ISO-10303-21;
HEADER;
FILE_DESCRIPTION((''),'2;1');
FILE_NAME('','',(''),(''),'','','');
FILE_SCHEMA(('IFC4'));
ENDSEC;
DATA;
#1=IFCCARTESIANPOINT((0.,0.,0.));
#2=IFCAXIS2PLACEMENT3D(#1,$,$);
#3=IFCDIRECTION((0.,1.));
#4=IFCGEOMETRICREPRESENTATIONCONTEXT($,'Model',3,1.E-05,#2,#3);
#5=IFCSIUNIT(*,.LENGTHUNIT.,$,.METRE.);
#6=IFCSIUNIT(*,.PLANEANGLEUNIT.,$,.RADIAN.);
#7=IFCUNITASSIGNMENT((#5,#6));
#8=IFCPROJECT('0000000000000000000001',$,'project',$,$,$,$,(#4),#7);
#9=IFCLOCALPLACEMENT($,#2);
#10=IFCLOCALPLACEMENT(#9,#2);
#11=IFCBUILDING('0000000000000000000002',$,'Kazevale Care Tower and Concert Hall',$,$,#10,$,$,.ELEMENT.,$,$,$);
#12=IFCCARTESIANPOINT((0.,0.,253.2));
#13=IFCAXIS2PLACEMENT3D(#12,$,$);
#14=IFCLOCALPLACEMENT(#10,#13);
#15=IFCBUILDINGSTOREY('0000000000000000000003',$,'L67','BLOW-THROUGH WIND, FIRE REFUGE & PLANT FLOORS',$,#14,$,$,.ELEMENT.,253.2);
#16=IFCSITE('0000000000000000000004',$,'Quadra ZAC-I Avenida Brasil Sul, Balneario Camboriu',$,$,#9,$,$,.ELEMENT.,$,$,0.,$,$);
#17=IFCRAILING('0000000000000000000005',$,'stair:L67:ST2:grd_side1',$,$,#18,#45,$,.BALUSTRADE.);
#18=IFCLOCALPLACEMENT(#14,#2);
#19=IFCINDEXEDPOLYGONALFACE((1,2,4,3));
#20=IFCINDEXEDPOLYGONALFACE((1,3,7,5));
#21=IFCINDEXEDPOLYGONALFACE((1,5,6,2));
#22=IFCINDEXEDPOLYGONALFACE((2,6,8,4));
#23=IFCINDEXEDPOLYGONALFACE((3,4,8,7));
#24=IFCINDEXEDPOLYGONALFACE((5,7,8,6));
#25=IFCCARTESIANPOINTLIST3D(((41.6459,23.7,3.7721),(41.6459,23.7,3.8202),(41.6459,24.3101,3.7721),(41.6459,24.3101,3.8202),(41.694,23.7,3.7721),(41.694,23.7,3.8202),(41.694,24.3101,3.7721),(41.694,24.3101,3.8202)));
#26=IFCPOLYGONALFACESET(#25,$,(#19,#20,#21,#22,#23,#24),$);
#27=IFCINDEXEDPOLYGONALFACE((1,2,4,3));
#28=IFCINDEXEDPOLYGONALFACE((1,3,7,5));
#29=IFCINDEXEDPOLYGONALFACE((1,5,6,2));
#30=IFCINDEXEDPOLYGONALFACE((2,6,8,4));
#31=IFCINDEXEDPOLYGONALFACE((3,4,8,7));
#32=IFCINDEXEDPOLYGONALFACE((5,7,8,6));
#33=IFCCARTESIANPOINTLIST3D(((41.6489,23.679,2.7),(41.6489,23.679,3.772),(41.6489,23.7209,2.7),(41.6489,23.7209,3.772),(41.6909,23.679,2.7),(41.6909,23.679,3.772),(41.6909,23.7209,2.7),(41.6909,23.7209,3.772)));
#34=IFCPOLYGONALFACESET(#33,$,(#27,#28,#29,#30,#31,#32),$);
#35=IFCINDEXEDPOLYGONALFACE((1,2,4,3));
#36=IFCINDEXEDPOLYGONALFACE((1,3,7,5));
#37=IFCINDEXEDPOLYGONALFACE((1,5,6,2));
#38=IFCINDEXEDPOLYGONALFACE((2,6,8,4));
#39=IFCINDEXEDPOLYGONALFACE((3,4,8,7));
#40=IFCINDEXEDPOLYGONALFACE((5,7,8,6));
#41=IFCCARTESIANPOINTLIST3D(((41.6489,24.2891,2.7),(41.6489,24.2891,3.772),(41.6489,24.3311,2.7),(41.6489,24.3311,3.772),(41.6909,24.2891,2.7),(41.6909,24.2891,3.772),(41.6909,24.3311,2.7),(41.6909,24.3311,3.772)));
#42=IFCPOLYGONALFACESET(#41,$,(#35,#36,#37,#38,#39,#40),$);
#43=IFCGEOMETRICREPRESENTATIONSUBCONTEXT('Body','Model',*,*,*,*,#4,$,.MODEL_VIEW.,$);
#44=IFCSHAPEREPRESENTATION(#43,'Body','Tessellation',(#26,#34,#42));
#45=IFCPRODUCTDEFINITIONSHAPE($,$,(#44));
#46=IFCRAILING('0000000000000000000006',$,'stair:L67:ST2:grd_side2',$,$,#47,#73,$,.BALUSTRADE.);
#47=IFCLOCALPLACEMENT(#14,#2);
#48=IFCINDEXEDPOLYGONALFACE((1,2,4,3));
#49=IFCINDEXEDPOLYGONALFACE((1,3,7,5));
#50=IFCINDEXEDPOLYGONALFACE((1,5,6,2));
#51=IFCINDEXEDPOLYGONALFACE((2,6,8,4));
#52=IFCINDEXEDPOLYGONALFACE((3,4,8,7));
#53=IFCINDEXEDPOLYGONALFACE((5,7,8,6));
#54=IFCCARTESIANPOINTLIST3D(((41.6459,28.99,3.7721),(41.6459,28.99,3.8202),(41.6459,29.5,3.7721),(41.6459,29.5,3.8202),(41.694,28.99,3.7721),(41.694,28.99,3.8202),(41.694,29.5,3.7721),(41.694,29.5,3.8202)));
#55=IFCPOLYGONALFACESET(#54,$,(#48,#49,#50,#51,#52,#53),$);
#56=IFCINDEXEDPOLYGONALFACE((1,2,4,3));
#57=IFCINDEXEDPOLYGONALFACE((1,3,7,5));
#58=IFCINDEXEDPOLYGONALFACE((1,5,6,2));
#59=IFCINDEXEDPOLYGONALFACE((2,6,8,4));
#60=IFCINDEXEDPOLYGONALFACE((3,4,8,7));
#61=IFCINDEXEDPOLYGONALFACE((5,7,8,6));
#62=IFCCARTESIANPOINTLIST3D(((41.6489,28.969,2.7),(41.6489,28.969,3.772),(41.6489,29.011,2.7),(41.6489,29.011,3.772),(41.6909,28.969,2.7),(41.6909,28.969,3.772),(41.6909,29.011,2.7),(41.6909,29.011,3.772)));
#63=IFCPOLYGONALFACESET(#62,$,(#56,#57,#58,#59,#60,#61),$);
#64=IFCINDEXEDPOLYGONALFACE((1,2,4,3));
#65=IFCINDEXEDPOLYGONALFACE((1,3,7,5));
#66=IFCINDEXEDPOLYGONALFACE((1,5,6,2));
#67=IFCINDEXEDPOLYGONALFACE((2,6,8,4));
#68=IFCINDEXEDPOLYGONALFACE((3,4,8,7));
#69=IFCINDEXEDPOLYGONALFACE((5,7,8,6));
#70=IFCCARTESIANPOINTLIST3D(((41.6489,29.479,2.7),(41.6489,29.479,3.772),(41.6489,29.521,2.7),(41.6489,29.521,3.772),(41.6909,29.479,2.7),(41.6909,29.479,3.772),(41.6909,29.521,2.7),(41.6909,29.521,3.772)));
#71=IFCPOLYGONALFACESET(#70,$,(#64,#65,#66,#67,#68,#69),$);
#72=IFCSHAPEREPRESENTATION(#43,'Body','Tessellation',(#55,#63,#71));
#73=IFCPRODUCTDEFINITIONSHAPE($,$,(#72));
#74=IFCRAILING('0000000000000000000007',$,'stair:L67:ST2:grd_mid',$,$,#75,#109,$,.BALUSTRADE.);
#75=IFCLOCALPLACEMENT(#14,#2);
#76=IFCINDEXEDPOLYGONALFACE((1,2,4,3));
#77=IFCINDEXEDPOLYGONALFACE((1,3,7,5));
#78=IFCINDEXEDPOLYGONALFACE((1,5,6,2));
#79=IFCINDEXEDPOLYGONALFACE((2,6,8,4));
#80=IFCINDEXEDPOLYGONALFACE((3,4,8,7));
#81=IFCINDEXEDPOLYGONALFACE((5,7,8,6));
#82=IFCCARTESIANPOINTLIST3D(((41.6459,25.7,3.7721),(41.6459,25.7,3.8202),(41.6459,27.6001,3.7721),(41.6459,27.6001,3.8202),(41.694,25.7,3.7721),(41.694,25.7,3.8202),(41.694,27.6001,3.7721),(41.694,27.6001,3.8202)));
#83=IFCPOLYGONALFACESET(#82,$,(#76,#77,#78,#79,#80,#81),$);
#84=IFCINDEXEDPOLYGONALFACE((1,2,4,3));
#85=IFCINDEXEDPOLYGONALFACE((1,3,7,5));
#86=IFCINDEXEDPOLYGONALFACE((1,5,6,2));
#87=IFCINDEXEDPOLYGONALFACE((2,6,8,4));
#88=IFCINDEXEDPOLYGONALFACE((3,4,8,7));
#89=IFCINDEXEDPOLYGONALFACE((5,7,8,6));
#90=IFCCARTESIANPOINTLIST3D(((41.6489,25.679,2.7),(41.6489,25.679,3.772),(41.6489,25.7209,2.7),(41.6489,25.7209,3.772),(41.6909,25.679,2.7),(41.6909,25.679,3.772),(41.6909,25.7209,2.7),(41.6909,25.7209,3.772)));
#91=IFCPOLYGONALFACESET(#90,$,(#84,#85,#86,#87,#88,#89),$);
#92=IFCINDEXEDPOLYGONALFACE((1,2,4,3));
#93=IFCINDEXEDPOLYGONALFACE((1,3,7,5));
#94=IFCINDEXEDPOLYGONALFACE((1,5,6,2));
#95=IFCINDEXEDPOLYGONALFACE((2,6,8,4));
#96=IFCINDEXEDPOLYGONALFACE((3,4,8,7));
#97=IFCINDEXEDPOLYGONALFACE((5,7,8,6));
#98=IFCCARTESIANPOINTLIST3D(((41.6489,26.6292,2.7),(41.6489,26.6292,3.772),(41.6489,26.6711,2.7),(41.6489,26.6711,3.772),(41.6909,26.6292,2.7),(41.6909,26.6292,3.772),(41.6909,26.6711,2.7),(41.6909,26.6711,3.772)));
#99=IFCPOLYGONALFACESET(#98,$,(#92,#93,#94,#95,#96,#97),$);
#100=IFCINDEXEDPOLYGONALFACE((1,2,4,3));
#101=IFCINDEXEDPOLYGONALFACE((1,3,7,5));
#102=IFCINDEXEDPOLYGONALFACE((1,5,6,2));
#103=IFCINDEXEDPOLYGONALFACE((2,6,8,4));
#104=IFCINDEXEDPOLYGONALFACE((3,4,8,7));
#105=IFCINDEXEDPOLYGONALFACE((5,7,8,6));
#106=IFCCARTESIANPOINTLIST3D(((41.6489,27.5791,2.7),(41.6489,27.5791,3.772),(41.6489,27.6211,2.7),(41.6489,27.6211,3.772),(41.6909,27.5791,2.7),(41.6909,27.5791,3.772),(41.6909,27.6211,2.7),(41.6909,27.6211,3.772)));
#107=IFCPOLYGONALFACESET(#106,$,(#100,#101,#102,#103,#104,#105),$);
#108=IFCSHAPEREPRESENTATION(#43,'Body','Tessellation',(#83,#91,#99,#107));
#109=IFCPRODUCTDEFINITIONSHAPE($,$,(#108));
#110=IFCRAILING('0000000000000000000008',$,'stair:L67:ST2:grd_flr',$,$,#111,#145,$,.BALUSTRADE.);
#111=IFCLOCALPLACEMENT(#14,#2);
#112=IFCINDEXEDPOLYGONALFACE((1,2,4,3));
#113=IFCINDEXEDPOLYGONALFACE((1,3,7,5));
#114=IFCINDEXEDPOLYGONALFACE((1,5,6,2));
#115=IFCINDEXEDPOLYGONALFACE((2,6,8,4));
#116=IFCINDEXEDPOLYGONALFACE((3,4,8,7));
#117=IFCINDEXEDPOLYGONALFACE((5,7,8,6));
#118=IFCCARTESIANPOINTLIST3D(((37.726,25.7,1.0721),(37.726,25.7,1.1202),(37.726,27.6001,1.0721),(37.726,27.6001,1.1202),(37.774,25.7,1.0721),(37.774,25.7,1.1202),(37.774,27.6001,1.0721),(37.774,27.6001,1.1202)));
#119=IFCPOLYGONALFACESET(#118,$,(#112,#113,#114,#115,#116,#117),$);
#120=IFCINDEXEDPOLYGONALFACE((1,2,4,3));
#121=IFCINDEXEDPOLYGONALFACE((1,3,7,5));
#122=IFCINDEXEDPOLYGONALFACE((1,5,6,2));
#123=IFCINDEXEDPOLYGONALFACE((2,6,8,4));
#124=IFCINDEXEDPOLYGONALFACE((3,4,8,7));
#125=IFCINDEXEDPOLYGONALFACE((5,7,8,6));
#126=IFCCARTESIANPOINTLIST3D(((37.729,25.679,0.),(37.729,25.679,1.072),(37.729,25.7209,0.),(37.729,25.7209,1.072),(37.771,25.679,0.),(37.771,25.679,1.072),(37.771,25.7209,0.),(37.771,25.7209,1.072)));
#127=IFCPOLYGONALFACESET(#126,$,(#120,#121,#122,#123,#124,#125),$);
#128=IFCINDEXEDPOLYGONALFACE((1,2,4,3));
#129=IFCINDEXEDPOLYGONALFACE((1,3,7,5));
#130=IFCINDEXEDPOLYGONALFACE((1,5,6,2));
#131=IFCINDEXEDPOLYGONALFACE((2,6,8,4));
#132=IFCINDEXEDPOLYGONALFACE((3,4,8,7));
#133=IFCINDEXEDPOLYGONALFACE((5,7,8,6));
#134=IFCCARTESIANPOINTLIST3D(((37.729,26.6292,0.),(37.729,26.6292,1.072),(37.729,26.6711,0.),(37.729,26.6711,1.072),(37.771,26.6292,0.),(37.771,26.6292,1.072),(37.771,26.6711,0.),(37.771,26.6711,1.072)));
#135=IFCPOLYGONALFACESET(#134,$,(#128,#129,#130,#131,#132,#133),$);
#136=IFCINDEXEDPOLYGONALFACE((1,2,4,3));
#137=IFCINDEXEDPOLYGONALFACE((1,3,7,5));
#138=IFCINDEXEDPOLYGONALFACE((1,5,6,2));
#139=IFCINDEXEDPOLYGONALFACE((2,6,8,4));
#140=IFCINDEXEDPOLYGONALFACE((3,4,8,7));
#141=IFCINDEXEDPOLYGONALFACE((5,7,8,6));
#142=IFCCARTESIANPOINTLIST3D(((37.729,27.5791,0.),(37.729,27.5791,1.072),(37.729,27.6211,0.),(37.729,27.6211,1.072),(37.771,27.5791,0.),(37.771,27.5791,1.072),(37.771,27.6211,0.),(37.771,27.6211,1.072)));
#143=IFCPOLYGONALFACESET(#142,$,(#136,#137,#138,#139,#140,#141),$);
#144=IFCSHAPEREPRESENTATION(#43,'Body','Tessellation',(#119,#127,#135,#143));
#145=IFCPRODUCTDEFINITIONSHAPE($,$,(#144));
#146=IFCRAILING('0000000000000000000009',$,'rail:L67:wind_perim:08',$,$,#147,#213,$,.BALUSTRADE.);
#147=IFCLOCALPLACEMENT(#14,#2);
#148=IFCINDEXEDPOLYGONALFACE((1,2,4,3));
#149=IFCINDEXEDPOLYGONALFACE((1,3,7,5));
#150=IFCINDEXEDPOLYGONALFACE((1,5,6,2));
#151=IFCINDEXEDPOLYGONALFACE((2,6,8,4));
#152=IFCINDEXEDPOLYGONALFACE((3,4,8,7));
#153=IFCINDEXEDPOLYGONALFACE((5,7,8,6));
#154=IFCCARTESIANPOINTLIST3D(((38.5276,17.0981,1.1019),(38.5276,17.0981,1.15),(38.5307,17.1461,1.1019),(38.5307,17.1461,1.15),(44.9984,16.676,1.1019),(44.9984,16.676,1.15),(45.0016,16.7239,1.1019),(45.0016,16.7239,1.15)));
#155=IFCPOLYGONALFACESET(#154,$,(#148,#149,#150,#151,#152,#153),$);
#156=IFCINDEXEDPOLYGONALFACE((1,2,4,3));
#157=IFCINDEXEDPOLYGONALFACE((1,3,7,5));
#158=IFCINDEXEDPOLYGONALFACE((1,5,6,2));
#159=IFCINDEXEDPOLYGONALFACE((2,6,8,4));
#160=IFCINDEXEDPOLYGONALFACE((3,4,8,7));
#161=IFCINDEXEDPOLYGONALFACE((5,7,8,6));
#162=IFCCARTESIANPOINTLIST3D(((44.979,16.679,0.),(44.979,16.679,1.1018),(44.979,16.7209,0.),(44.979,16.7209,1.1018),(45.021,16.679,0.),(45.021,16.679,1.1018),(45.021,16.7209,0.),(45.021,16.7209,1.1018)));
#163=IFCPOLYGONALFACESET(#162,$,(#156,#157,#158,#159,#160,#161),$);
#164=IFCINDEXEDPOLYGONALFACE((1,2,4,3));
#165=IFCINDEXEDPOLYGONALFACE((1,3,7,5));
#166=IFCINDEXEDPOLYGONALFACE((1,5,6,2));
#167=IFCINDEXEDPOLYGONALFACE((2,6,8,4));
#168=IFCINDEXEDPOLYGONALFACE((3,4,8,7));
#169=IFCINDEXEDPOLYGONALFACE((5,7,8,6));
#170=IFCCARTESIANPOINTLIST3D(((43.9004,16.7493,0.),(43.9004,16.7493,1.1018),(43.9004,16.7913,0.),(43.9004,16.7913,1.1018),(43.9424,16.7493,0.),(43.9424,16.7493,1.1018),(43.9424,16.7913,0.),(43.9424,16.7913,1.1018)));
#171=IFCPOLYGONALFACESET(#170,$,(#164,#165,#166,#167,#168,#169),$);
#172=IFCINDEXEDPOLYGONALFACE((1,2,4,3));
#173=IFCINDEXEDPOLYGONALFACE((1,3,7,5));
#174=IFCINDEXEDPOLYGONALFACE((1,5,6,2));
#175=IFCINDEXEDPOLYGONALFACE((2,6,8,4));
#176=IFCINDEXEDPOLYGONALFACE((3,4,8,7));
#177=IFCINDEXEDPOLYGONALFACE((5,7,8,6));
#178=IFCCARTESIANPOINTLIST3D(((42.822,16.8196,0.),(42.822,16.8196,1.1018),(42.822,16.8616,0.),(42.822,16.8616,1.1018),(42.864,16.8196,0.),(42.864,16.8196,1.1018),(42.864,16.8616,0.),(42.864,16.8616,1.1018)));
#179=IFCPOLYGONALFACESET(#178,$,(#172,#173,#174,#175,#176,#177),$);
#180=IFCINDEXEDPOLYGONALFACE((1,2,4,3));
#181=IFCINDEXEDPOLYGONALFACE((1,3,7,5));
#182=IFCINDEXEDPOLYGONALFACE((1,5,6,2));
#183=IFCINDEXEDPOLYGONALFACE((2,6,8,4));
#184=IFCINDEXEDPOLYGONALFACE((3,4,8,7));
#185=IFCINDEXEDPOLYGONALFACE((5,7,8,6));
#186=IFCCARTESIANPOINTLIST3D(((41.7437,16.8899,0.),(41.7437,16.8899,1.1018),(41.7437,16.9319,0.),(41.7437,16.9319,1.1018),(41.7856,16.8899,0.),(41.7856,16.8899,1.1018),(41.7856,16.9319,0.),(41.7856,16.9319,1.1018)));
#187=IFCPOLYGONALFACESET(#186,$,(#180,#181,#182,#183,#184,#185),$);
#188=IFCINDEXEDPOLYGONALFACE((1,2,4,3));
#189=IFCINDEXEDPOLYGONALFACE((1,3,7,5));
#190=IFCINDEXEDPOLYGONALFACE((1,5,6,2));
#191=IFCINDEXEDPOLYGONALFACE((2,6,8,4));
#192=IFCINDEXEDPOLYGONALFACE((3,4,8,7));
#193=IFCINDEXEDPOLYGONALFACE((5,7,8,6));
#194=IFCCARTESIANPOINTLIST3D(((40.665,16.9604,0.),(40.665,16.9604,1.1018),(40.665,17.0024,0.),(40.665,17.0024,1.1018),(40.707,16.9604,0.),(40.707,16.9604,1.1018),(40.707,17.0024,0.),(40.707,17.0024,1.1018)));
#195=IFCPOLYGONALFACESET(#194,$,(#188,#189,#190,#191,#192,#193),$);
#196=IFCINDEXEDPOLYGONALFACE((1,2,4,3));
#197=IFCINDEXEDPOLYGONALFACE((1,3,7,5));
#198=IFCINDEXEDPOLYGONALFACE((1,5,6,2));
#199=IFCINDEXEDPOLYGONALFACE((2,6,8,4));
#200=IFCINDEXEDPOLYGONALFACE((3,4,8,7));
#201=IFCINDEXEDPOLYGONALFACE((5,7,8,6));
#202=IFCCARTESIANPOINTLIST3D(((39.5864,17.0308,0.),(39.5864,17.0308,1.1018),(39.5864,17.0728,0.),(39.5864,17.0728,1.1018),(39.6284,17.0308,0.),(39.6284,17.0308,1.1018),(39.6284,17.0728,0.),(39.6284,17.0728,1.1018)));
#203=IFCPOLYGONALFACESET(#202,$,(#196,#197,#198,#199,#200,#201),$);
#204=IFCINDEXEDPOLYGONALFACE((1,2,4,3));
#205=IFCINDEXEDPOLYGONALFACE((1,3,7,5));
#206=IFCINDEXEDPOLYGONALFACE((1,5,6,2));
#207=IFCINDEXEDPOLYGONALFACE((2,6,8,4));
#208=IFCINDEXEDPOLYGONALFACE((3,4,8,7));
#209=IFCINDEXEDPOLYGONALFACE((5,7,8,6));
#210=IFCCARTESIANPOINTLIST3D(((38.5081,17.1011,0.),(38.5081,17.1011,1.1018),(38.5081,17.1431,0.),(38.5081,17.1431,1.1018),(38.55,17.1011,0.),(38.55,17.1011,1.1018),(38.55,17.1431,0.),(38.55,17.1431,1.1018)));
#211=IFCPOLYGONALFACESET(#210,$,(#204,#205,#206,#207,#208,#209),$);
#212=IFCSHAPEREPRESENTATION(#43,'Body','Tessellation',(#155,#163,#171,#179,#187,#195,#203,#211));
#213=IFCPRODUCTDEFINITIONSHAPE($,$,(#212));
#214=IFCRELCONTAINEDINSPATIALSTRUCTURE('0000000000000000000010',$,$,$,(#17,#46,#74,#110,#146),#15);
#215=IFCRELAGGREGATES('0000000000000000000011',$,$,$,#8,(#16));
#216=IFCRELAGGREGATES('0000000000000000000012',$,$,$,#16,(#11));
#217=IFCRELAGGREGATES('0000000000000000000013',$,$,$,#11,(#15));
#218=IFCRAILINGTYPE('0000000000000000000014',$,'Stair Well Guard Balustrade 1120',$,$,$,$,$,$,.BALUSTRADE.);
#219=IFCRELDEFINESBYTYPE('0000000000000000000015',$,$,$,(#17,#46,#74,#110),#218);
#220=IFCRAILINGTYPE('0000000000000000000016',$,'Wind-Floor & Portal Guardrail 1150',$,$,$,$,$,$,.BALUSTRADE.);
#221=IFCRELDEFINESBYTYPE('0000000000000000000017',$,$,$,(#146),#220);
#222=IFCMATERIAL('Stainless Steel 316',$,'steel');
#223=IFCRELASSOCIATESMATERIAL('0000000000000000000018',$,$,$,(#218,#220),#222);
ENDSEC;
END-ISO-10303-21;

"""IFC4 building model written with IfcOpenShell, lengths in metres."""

from ifc_helpers import new_model, si_unit, direction, frame, origin, origin_2d, place, context, subcontext, project, spatial, rectangle, extrude, material, type_object, element, save


model = new_model("IFC4")

# Units and contexts
model_context = context("Model", 3, precision=1e-05, world=origin(), true_north=direction((0.0, 1.0)))
body_context = subcontext(model_context, "Body", "Model", "MODEL_VIEW")
ifc_project = project(units=[si_unit("LENGTHUNIT", "METRE"), si_unit("PLANEANGLEUNIT", "RADIAN")], contexts=[model_context])

# Site, building, storey
site_placement = place(None, origin())
site = spatial("IfcSite", under=ifc_project, at=site_placement, Name="Quadra ZAC-I Avenida Brasil Sul, Balneario Camboriu", CompositionType="ELEMENT", RefElevation=0.0)
building_placement = place(site_placement, origin())
building = spatial("IfcBuilding", under=site, at=building_placement, Name="Kazevale Care Tower and Concert Hall", CompositionType="ELEMENT")
storey_placement = place(building_placement, frame((0.0, 0.0, 253.2)))
storey = spatial("IfcBuildingStorey", under=building, at=storey_placement, Name="L67", Description="BLOW-THROUGH WIND, FIRE REFUGE & PLANT FLOORS", CompositionType="ELEMENT", Elevation=253.2)

# Railings
ifc_material_1 = material(Name="Stainless Steel 316", Category="steel")
railing_type_1 = type_object("IfcRailingType", Name="Stair Well Guard Balustrade 1120", PredefinedType="BALUSTRADE", material=ifc_material_1)
railing_1_placement = place(storey_placement, frame((41.6699, 23.7, 2.7)))
element("IfcRailing", 1, at=railing_1_placement, inside=storey, type_object=railing_type_1, Name="stair:L67:ST2:grd_side1", PredefinedType="BALUSTRADE", context=body_context, shape_type="SweptSolid", body=[
    extrude(rectangle(XDim=0.0481, YDim=0.0481, at=origin_2d()), frame((0.0, 0.0, 1.0962), z_axis=(0.0, 1.0, 0.0), x_axis=(-1.0, 0.0, 0.0)), (0.0, 0.0, 1.0), 0.6101),
    extrude(rectangle(XDim=0.042, YDim=0.042, at=origin_2d()), origin(), (0.0, 0.0, 1.0), 1.072),
    extrude(rectangle(XDim=0.042, YDim=0.042, at=origin_2d()), frame((0.0, 0.6101, 0.0)), (0.0, 0.0, 1.0), 1.072),
])
railing_2_placement = place(storey_placement, frame((41.6699, 28.99, 2.7)))
element("IfcRailing", 2, at=railing_2_placement, inside=storey, type_object=railing_type_1, Name="stair:L67:ST2:grd_side2", PredefinedType="BALUSTRADE", context=body_context, shape_type="SweptSolid", body=[
    extrude(rectangle(XDim=0.0481, YDim=0.0481, at=origin_2d()), frame((0.0, 0.0, 1.0962), z_axis=(0.0, 1.0, 0.0), x_axis=(-1.0, 0.0, 0.0)), (0.0, 0.0, 1.0), 0.51),
    extrude(rectangle(XDim=0.042, YDim=0.042, at=origin_2d()), origin(), (0.0, 0.0, 1.0), 1.072),
    extrude(rectangle(XDim=0.042, YDim=0.042, at=origin_2d()), frame((0.0, 0.51, 0.0)), (0.0, 0.0, 1.0), 1.072),
])
for number, where, name in (
    (3, (41.6699, 25.7, 2.7), "stair:L67:ST2:grd_mid"),
    (4, (37.75, 25.7, 0.0), "stair:L67:ST2:grd_flr"),
):
    element("IfcRailing", number, at=place(storey_placement, frame(where)), inside=storey, type_object=railing_type_1, Name=name, PredefinedType="BALUSTRADE", context=body_context, shape_type="SweptSolid", body=[
        extrude(rectangle(XDim=0.0481, YDim=0.0481, at=origin_2d()), frame((0.0, 0.0, 1.0962), z_axis=(0.0, 1.0, 0.0), x_axis=(-1.0, 0.0, 0.0)), (0.0, 0.0, 1.0), 1.9001),
        extrude(rectangle(XDim=0.042, YDim=0.042, at=origin_2d()), origin(), (0.0, 0.0, 1.0), 1.072),
        extrude(rectangle(XDim=0.042, YDim=0.042, at=origin_2d()), frame((0.0, 0.9502, 0.0)), (0.0, 0.0, 1.0), 1.072),
        extrude(rectangle(XDim=0.042, YDim=0.042, at=origin_2d()), frame((0.0, 1.9001, 0.0)), (0.0, 0.0, 1.0), 1.072),
    ])
railing_type_2 = type_object("IfcRailingType", Name="Wind-Floor & Portal Guardrail 1150", PredefinedType="BALUSTRADE", material=ifc_material_1)
railing_3_placement = place(storey_placement, frame((45.0, 16.7, 0.0)))
element("IfcRailing", 5, at=railing_3_placement, inside=storey, type_object=railing_type_2, Name="rail:L67:wind_perim:08", PredefinedType="BALUSTRADE", context=body_context, shape_type="SweptSolid", body=[
    extrude(rectangle(XDim=0.0481, YDim=0.0481, at=origin_2d()), frame((0.0, 0.0, 1.126), z_axis=(-0.997879, 0.065095, 0.0), x_axis=(-0.065095, -0.997879, 0.0)), (0.0, 0.0, 1.0), 6.4846),
    extrude(rectangle(XDim=0.042, YDim=0.042, at=origin_2d()), origin(), (0.0, 0.0, 1.0), 1.1018),
    extrude(rectangle(XDim=0.042, YDim=0.042, at=origin_2d()), frame((-1.0786, 0.0703, 0.0)), (0.0, 0.0, 1.0), 1.1018),
    extrude(rectangle(XDim=0.042, YDim=0.042, at=origin_2d()), frame((-2.157, 0.1406, 0.0)), (0.0, 0.0, 1.0), 1.1018),
    extrude(rectangle(XDim=0.042, YDim=0.042, at=origin_2d()), frame((-3.2354, 0.2109, 0.0)), (0.0, 0.0, 1.0), 1.1018),
    extrude(rectangle(XDim=0.042, YDim=0.042, at=origin_2d()), frame((-4.314, 0.2815, 0.0)), (0.0, 0.0, 1.0), 1.1018),
    extrude(rectangle(XDim=0.042, YDim=0.042, at=origin_2d()), frame((-5.3926, 0.3518, 0.0)), (0.0, 0.0, 1.0), 1.1018),
    extrude(rectangle(XDim=0.042, YDim=0.042, at=origin_2d()), frame((-6.4709, 0.4221, 0.0)), (0.0, 0.0, 1.0), 1.1018),
])

save(model, "model.ifc")
